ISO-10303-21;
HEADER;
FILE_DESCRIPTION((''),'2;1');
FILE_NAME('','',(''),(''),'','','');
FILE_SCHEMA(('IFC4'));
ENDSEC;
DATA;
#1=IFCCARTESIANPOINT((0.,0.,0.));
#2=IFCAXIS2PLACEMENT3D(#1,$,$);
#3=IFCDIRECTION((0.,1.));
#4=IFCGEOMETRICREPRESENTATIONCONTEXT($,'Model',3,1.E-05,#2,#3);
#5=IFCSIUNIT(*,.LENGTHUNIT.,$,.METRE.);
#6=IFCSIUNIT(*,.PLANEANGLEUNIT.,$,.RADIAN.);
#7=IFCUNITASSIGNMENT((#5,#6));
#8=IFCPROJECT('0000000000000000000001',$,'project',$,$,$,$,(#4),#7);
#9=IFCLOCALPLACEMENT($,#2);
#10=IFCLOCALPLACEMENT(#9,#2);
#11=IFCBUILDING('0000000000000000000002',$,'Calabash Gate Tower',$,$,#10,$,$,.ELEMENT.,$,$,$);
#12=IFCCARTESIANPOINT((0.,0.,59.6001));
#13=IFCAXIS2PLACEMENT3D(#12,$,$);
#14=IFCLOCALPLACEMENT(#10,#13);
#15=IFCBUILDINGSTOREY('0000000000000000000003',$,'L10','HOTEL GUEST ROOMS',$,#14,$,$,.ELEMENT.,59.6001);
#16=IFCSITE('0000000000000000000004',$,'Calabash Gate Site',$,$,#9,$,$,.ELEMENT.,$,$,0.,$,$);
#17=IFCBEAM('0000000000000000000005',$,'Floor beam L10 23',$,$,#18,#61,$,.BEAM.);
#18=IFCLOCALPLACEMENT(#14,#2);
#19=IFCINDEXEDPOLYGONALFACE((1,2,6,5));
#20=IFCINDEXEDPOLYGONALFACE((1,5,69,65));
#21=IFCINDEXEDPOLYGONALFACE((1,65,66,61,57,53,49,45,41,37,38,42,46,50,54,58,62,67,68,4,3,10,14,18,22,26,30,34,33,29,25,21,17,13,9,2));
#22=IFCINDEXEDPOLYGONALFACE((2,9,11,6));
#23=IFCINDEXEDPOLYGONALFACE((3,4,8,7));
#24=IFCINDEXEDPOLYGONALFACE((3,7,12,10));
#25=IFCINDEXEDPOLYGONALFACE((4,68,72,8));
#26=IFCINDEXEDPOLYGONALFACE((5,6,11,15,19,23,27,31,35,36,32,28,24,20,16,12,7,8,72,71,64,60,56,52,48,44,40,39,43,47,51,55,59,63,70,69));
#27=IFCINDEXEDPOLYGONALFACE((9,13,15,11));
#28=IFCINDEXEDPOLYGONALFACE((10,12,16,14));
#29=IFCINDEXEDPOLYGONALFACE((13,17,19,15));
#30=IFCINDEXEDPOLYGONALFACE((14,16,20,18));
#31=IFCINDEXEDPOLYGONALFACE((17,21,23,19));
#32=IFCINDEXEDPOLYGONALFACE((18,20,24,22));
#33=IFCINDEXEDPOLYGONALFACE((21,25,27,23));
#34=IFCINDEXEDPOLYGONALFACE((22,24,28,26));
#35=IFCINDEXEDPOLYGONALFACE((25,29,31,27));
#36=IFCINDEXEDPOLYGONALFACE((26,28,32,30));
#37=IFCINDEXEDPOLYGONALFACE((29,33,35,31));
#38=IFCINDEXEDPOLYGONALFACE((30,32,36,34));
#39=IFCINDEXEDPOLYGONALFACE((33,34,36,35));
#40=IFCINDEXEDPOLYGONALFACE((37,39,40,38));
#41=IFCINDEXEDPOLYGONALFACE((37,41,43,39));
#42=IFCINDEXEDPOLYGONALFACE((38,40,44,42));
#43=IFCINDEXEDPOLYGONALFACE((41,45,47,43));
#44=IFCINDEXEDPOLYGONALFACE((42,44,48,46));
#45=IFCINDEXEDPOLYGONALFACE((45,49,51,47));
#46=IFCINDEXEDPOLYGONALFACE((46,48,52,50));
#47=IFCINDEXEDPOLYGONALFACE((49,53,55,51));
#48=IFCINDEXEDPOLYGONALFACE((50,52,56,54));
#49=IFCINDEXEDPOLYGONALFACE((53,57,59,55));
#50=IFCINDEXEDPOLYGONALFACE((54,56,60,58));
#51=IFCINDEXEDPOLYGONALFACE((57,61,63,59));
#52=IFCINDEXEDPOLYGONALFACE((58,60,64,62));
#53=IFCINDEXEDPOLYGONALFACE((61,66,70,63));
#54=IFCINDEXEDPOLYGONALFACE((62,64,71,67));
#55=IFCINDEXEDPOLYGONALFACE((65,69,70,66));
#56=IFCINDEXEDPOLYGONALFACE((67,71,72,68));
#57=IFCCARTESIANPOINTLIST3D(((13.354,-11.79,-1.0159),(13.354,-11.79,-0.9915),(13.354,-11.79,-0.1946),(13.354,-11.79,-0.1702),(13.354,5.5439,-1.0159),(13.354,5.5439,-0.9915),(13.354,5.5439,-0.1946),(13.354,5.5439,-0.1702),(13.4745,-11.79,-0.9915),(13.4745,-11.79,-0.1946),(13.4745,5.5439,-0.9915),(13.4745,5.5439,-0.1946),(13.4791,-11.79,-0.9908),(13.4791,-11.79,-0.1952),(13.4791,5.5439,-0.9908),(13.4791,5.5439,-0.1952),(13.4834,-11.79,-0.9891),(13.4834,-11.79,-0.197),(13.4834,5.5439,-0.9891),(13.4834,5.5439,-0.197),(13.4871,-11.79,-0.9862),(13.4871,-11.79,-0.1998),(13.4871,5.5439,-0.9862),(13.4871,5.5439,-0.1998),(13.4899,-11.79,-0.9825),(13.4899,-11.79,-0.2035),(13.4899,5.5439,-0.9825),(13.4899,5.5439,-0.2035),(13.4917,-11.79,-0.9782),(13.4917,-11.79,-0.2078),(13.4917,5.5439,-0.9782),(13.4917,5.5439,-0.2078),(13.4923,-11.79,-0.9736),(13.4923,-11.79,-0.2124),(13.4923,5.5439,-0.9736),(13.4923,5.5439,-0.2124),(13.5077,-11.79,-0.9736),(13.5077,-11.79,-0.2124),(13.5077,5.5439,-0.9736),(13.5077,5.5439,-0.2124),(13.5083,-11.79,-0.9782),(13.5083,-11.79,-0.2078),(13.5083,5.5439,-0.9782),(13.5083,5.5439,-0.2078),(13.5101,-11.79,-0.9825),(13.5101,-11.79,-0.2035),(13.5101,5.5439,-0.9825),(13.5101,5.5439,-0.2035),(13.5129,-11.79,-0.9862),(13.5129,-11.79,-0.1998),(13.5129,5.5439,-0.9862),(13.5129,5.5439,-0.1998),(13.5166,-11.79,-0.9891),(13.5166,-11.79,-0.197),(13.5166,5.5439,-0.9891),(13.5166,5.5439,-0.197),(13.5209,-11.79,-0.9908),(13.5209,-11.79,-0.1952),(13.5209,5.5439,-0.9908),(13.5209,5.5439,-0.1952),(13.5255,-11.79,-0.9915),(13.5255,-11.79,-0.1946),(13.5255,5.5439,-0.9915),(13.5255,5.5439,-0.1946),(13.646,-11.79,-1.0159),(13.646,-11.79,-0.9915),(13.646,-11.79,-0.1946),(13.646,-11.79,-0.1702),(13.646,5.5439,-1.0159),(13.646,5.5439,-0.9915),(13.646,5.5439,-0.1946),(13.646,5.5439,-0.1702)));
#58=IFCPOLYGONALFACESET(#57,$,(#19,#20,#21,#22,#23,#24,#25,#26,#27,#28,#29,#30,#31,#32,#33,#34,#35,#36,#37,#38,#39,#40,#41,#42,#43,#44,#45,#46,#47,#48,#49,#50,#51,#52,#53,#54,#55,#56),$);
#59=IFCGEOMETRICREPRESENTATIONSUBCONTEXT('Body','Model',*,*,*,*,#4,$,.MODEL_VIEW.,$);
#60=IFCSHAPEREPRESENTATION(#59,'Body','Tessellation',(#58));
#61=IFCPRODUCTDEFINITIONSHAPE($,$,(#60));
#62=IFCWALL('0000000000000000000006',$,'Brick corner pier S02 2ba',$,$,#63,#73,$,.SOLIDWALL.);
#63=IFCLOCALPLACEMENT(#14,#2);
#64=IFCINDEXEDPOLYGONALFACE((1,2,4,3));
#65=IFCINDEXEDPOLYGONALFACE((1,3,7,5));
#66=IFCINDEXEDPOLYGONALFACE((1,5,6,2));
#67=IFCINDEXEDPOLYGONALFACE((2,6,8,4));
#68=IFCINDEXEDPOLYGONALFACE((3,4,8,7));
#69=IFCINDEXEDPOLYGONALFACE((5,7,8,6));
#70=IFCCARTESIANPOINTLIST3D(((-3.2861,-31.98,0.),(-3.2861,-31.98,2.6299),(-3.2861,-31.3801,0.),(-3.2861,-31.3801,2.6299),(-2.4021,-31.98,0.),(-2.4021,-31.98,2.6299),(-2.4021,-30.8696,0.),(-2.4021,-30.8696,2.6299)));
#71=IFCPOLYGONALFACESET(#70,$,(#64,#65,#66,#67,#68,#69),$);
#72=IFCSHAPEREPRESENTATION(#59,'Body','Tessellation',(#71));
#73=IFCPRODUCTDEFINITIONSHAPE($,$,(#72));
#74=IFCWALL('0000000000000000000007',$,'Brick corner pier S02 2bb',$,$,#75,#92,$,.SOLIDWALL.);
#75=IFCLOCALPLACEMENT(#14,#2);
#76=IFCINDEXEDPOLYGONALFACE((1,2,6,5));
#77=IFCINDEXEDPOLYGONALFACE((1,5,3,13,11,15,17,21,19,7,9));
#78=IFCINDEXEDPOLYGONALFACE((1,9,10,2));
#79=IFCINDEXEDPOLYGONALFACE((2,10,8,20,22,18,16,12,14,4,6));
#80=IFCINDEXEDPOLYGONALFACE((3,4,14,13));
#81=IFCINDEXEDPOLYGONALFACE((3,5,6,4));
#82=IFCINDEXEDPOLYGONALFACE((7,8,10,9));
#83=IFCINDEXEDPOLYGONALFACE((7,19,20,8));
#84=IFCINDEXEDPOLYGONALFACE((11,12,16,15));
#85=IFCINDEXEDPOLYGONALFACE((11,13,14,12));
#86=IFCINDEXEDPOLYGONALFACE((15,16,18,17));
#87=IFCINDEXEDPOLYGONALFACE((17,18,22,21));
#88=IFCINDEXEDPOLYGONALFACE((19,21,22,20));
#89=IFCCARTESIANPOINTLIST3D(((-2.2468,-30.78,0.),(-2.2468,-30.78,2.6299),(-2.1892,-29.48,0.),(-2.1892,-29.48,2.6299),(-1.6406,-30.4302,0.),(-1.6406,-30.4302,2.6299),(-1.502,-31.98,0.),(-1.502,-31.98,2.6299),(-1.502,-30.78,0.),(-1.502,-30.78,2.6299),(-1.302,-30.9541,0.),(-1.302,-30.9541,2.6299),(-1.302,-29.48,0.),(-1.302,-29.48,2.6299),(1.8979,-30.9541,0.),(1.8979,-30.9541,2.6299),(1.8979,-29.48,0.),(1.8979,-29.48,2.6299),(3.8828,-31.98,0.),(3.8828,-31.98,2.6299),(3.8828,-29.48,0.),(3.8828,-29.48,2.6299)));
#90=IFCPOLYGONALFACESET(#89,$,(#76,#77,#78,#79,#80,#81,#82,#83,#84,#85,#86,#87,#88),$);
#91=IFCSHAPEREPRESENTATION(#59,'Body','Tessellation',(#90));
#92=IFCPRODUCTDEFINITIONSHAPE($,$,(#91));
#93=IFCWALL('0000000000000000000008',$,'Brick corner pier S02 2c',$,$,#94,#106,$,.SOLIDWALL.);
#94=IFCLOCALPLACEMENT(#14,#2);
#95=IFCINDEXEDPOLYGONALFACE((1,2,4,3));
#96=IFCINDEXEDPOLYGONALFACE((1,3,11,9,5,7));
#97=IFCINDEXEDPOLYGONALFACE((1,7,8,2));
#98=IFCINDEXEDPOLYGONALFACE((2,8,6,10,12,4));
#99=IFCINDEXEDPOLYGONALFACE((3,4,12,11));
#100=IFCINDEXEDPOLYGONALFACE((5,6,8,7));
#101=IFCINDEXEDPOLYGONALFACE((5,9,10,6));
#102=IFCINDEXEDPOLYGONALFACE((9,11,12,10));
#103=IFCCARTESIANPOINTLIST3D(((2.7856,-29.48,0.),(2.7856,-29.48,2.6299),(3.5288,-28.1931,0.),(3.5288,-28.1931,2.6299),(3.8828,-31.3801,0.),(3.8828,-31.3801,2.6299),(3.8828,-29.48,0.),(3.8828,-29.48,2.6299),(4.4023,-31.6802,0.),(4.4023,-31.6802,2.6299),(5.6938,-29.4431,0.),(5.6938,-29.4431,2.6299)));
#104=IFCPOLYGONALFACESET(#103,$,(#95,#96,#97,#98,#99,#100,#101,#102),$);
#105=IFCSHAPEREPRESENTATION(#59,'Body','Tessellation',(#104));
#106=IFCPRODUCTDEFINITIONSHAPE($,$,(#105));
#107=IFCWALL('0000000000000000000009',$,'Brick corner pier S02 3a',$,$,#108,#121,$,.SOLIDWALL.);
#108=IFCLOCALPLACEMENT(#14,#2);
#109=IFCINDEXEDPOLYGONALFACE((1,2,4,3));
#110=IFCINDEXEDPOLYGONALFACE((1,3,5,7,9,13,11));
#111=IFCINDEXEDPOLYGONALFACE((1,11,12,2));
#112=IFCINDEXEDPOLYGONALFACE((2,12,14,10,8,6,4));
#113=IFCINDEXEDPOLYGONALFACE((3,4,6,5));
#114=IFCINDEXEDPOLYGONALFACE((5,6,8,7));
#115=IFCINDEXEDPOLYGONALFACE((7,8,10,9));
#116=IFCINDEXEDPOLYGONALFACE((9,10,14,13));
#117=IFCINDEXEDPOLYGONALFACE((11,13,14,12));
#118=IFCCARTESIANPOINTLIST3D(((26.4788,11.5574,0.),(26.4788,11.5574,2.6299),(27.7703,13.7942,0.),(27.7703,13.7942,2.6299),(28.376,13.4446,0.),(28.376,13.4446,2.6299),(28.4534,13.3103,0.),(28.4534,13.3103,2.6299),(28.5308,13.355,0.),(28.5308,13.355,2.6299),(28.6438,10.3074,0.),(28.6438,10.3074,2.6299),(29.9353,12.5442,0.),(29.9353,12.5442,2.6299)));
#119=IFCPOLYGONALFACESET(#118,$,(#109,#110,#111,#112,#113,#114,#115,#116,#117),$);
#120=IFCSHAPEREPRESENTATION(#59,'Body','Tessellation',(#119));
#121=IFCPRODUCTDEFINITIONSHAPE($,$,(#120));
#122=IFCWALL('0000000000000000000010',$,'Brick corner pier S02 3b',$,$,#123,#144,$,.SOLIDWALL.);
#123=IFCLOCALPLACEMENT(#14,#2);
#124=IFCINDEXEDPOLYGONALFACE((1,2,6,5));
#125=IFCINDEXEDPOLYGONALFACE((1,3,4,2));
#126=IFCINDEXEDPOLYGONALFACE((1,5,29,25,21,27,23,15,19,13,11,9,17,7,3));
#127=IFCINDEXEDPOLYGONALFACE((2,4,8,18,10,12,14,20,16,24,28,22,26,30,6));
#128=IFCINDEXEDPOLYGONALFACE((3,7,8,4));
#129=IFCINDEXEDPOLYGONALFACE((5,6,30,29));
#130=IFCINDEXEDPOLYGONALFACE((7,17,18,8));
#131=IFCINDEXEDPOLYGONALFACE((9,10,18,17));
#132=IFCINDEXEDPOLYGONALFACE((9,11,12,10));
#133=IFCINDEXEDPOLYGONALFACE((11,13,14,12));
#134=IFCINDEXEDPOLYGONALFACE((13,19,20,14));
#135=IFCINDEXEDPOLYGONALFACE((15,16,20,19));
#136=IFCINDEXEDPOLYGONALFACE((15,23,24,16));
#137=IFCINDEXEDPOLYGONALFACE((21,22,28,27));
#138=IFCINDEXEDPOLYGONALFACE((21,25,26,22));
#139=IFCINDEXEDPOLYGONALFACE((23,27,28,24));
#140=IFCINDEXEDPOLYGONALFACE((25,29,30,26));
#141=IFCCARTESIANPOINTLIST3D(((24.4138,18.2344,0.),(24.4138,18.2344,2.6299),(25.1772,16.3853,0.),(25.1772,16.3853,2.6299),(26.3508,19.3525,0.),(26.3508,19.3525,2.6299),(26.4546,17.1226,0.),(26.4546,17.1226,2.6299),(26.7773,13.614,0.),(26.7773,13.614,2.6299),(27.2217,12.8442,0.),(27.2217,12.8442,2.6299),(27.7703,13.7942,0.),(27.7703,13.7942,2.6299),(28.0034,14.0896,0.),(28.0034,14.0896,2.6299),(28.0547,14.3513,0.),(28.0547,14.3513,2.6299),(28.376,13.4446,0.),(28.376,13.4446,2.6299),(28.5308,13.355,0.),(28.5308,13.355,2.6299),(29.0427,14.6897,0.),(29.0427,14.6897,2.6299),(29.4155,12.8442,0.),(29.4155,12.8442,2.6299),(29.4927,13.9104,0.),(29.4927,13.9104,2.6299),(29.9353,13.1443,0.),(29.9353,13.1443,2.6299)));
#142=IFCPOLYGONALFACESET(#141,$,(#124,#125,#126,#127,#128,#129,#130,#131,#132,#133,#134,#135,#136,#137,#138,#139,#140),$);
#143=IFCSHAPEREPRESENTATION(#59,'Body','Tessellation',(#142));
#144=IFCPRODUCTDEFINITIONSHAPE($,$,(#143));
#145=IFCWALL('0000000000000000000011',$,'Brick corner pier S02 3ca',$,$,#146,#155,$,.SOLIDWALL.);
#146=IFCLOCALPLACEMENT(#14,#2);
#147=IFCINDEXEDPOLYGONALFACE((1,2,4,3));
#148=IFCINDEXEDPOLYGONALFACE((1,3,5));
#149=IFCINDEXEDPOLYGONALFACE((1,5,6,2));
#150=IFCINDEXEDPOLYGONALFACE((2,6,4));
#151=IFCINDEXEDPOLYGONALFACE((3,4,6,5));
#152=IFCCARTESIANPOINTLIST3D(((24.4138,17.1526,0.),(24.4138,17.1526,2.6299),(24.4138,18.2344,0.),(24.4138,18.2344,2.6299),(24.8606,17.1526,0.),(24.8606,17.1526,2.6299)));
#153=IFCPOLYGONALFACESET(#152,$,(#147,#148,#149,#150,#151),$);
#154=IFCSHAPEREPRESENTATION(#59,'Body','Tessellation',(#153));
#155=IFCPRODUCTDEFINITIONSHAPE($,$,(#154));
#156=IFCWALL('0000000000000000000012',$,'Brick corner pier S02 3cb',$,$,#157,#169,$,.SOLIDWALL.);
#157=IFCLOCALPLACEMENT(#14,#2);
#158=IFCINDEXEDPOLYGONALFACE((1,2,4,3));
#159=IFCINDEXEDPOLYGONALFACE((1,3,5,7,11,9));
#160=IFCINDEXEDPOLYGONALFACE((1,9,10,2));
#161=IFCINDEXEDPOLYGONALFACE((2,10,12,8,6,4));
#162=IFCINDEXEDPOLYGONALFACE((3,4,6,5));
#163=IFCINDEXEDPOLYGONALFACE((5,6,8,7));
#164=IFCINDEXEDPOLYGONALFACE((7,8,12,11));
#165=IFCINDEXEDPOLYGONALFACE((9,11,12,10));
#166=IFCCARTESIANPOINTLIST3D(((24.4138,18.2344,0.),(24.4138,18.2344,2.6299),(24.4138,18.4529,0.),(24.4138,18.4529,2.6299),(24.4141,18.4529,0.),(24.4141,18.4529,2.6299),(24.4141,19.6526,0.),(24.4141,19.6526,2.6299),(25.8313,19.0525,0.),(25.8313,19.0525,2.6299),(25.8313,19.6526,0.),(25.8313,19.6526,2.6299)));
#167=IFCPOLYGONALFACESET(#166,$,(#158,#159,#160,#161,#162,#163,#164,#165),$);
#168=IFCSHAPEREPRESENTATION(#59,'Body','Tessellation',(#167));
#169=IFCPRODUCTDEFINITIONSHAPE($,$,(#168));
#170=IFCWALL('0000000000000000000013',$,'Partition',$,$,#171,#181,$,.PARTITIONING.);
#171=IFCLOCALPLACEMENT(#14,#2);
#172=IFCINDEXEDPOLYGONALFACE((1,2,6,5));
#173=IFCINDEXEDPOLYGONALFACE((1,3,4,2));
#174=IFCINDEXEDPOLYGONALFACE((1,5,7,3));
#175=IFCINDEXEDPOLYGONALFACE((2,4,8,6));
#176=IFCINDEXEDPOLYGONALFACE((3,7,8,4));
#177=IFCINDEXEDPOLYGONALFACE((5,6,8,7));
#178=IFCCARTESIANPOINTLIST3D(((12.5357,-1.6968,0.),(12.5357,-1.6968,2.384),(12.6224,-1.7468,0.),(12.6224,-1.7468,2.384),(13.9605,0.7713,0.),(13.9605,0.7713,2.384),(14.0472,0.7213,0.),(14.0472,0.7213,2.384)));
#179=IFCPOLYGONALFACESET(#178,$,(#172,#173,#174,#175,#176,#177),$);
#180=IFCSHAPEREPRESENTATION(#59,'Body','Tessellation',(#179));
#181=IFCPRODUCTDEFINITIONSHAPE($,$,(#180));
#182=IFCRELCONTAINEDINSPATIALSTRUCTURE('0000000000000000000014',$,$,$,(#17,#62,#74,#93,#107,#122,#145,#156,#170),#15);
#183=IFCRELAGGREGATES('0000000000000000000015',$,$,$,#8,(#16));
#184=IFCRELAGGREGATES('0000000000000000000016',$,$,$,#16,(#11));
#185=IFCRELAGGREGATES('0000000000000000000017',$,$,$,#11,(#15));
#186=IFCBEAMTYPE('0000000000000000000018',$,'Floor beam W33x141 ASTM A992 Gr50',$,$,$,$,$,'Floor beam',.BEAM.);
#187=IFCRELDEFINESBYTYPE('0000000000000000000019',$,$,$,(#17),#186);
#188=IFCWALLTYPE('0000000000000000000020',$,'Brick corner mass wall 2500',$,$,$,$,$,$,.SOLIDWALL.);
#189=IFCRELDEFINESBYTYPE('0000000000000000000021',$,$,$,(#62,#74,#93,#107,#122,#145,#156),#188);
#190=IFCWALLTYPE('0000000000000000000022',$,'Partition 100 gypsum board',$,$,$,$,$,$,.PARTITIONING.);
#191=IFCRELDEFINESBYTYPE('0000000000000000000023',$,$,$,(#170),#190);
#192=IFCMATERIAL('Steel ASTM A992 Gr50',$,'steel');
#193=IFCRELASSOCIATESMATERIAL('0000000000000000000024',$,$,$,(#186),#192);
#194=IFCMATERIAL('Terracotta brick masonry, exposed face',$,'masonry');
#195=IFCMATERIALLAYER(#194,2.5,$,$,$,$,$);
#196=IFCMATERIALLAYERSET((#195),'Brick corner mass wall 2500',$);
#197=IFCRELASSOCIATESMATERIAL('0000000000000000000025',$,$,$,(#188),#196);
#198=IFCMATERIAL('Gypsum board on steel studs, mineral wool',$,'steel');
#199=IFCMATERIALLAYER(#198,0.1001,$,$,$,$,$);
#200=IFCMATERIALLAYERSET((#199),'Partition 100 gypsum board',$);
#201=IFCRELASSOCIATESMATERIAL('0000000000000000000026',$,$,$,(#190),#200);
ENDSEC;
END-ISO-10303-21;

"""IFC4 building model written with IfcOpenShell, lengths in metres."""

from ifc_helpers import new_model, si_unit, direction, frame, frame_2d, origin, origin_2d, place, context, subcontext, project, spatial, polyline, rectangle, i_section, outline, extrude, material, layer, layer_set, material_profile, profile_set, type_object, element, save


model = new_model("IFC4")

# Units and contexts
model_context = context("Model", 3, precision=1e-05, world=origin(), true_north=direction((0.0, 1.0)))
body_context = subcontext(model_context, "Body", "Model", "MODEL_VIEW")
ifc_project = project(units=[si_unit("LENGTHUNIT", "METRE"), si_unit("PLANEANGLEUNIT", "RADIAN")], contexts=[model_context])

# Site, building, storey
site_placement = place(None, origin())
site = spatial("IfcSite", under=ifc_project, at=site_placement, Name="Calabash Gate Site", CompositionType="ELEMENT", RefElevation=0.0)
building_placement = place(site_placement, origin())
building = spatial("IfcBuilding", under=site, at=building_placement, Name="Calabash Gate Tower", CompositionType="ELEMENT")
storey_placement = place(building_placement, frame((0.0, 0.0, 59.6001)))
storey = spatial("IfcBuildingStorey", under=building, at=storey_placement, Name="L10", Description="HOTEL GUEST ROOMS", CompositionType="ELEMENT", Elevation=59.6001)

# Beam
ifc_material_1 = material(Name="Steel ASTM A992 Gr50", Category="steel")
ifc_material_profile = material_profile(ifc_material_1, i_section(OverallWidth=0.292, OverallDepth=0.8457, WebThickness=0.0154, FlangeThickness=0.0244, FilletRadius=0.0178, at=origin_2d()))
ifc_profile_set = profile_set([ifc_material_profile], Name="Steel ASTM A992 Gr50")
beam_type = type_object("IfcBeamType", Name="Floor beam W33x141 ASTM A992 Gr50", ElementType="Floor beam", PredefinedType="BEAM", material=ifc_profile_set)
beam_placement = place(storey_placement, frame((13.5, -11.79, -0.593), z_axis=(0.0, 1.0, 0.0), x_axis=(-1.0, 0.0, 0.0)))
element("IfcBeam", 1, at=beam_placement, inside=storey, type_object=beam_type, Name="Floor beam L10 23", PredefinedType="BEAM", context=body_context, shape_type="SweptSolid", body=[
    extrude(i_section(OverallWidth=0.292, OverallDepth=0.8457, WebThickness=0.0154, FlangeThickness=0.0244, FilletRadius=0.0178, at=origin_2d()), origin(), (0.0, 0.0, 1.0), 17.334),
])

# Walls
ifc_material_2 = material(Name="Terracotta brick masonry, exposed face", Category="masonry")
ifc_layer_1 = layer(ifc_material_2, 2.5)
ifc_layer_set_1 = layer_set([ifc_layer_1], Name="Brick corner mass wall 2500")
wall_type_1 = type_object("IfcWallType", Name="Brick corner mass wall 2500", PredefinedType="SOLIDWALL", material=ifc_layer_set_1)
wall_1_placement = place(storey_placement, origin())
element("IfcWall", 2, at=wall_1_placement, inside=storey, type_object=wall_type_1, Name="Brick corner pier S02 2ba", PredefinedType="SOLIDWALL", context=body_context, shape_type="SweptSolid", body=[
    extrude(outline(polyline([(-3.2861, -31.3801), (-3.2861, -31.98), (-2.4021, -31.98), (-2.4021, -30.8696), (-3.2861, -31.3801)])), origin(), (0.0, 0.0, 1.0), 2.6299),
])
wall_2_placement = place(storey_placement, origin())
element("IfcWall", 3, at=wall_2_placement, inside=storey, type_object=wall_type_1, Name="Brick corner pier S02 2bb", PredefinedType="SOLIDWALL", context=body_context, shape_type="SweptSolid", body=[
    extrude(outline(polyline([(-1.502, -30.78), (-1.502, -31.98), (3.8828, -31.98), (3.8828, -29.48), (1.8979, -29.48), (1.8979, -30.9541), (-1.302, -30.9541), (-1.302, -29.48), (-2.1892, -29.48), (-1.6406, -30.4302), (-2.2468, -30.78), (-1.502, -30.78)])), origin(), (0.0, 0.0, 1.0), 2.6299),
])
wall_3_placement = place(storey_placement, origin())
element("IfcWall", 4, at=wall_3_placement, inside=storey, type_object=wall_type_1, Name="Brick corner pier S02 2c", PredefinedType="SOLIDWALL", context=body_context, shape_type="SweptSolid", body=[
    extrude(outline(polyline([(5.6938, -29.4431), (3.5288, -28.1931), (2.7856, -29.48), (3.8828, -29.48), (3.8828, -31.3801), (4.4023, -31.6802), (5.6938, -29.4431)])), origin(), (0.0, 0.0, 1.0), 2.6299),
])
wall_4_placement = place(storey_placement, origin())
element("IfcWall", 5, at=wall_4_placement, inside=storey, type_object=wall_type_1, Name="Brick corner pier S02 3a", PredefinedType="SOLIDWALL", context=body_context, shape_type="SweptSolid", body=[
    extrude(outline(polyline([(26.4788, 11.5574), (28.6438, 10.3074), (29.9353, 12.5442), (28.5308, 13.355), (28.4534, 13.3103), (28.376, 13.4446), (27.7703, 13.7942), (26.4788, 11.5574)])), origin(), (0.0, 0.0, 1.0), 2.6299),
])
wall_5_placement = place(storey_placement, origin())
element("IfcWall", 6, at=wall_5_placement, inside=storey, type_object=wall_type_1, Name="Brick corner pier S02 3b", PredefinedType="SOLIDWALL", context=body_context, shape_type="SweptSolid", body=[
    extrude(outline(polyline([(27.2217, 12.8442), (27.7703, 13.7942), (28.376, 13.4446), (28.0034, 14.0896), (29.0427, 14.6897), (29.4927, 13.9104), (28.5308, 13.355), (29.4155, 12.8442), (29.9353, 13.1443), (26.3508, 19.3525), (24.4138, 18.2344), (25.1772, 16.3853), (26.4546, 17.1226), (28.0547, 14.3513), (26.7773, 13.614), (27.2217, 12.8442)])), origin(), (0.0, 0.0, 1.0), 2.6299),
])
wall_6_placement = place(storey_placement, origin())
element("IfcWall", 7, at=wall_6_placement, inside=storey, type_object=wall_type_1, Name="Brick corner pier S02 3ca", PredefinedType="SOLIDWALL", context=body_context, shape_type="SweptSolid", body=[
    extrude(outline(polyline([(24.4138, 17.1526), (24.8606, 17.1526), (24.4138, 18.2344), (24.4138, 17.1526)])), origin(), (0.0, 0.0, 1.0), 2.6299),
])
wall_7_placement = place(storey_placement, origin())
element("IfcWall", 8, at=wall_7_placement, inside=storey, type_object=wall_type_1, Name="Brick corner pier S02 3cb", PredefinedType="SOLIDWALL", context=body_context, shape_type="SweptSolid", body=[
    extrude(outline(polyline([(24.4141, 19.6526), (24.4141, 18.4529), (24.4138, 18.4529), (24.4138, 18.2344), (25.8313, 19.0525), (25.8313, 19.6526), (24.4141, 19.6526)])), origin(), (0.0, 0.0, 1.0), 2.6299),
])
ifc_material_3 = material(Name="Gypsum board on steel studs, mineral wool", Category="steel")
ifc_layer_2 = layer(ifc_material_3, 0.1001)
ifc_layer_set_2 = layer_set([ifc_layer_2], Name="Partition 100 gypsum board")
wall_type_2 = type_object("IfcWallType", Name="Partition 100 gypsum board", PredefinedType="PARTITIONING", material=ifc_layer_set_2)
wall_8_placement = place(storey_placement, frame((12.5791, -1.7217, 0.0), z_axis=(0.0, 0.0, 1.0), x_axis=(0.499972, 0.866041, 0.0)))
element("IfcWall", 9, at=wall_8_placement, inside=storey, type_object=wall_type_2, Name="Partition", PredefinedType="PARTITIONING", context=body_context, shape_type="SweptSolid", body=[
    extrude(rectangle(XDim=2.8499, YDim=0.1001, at=frame_2d((1.4248, 0.0))), origin(), (0.0, 0.0, 1.0), 2.384),
])

save(model, "model.ifc")
